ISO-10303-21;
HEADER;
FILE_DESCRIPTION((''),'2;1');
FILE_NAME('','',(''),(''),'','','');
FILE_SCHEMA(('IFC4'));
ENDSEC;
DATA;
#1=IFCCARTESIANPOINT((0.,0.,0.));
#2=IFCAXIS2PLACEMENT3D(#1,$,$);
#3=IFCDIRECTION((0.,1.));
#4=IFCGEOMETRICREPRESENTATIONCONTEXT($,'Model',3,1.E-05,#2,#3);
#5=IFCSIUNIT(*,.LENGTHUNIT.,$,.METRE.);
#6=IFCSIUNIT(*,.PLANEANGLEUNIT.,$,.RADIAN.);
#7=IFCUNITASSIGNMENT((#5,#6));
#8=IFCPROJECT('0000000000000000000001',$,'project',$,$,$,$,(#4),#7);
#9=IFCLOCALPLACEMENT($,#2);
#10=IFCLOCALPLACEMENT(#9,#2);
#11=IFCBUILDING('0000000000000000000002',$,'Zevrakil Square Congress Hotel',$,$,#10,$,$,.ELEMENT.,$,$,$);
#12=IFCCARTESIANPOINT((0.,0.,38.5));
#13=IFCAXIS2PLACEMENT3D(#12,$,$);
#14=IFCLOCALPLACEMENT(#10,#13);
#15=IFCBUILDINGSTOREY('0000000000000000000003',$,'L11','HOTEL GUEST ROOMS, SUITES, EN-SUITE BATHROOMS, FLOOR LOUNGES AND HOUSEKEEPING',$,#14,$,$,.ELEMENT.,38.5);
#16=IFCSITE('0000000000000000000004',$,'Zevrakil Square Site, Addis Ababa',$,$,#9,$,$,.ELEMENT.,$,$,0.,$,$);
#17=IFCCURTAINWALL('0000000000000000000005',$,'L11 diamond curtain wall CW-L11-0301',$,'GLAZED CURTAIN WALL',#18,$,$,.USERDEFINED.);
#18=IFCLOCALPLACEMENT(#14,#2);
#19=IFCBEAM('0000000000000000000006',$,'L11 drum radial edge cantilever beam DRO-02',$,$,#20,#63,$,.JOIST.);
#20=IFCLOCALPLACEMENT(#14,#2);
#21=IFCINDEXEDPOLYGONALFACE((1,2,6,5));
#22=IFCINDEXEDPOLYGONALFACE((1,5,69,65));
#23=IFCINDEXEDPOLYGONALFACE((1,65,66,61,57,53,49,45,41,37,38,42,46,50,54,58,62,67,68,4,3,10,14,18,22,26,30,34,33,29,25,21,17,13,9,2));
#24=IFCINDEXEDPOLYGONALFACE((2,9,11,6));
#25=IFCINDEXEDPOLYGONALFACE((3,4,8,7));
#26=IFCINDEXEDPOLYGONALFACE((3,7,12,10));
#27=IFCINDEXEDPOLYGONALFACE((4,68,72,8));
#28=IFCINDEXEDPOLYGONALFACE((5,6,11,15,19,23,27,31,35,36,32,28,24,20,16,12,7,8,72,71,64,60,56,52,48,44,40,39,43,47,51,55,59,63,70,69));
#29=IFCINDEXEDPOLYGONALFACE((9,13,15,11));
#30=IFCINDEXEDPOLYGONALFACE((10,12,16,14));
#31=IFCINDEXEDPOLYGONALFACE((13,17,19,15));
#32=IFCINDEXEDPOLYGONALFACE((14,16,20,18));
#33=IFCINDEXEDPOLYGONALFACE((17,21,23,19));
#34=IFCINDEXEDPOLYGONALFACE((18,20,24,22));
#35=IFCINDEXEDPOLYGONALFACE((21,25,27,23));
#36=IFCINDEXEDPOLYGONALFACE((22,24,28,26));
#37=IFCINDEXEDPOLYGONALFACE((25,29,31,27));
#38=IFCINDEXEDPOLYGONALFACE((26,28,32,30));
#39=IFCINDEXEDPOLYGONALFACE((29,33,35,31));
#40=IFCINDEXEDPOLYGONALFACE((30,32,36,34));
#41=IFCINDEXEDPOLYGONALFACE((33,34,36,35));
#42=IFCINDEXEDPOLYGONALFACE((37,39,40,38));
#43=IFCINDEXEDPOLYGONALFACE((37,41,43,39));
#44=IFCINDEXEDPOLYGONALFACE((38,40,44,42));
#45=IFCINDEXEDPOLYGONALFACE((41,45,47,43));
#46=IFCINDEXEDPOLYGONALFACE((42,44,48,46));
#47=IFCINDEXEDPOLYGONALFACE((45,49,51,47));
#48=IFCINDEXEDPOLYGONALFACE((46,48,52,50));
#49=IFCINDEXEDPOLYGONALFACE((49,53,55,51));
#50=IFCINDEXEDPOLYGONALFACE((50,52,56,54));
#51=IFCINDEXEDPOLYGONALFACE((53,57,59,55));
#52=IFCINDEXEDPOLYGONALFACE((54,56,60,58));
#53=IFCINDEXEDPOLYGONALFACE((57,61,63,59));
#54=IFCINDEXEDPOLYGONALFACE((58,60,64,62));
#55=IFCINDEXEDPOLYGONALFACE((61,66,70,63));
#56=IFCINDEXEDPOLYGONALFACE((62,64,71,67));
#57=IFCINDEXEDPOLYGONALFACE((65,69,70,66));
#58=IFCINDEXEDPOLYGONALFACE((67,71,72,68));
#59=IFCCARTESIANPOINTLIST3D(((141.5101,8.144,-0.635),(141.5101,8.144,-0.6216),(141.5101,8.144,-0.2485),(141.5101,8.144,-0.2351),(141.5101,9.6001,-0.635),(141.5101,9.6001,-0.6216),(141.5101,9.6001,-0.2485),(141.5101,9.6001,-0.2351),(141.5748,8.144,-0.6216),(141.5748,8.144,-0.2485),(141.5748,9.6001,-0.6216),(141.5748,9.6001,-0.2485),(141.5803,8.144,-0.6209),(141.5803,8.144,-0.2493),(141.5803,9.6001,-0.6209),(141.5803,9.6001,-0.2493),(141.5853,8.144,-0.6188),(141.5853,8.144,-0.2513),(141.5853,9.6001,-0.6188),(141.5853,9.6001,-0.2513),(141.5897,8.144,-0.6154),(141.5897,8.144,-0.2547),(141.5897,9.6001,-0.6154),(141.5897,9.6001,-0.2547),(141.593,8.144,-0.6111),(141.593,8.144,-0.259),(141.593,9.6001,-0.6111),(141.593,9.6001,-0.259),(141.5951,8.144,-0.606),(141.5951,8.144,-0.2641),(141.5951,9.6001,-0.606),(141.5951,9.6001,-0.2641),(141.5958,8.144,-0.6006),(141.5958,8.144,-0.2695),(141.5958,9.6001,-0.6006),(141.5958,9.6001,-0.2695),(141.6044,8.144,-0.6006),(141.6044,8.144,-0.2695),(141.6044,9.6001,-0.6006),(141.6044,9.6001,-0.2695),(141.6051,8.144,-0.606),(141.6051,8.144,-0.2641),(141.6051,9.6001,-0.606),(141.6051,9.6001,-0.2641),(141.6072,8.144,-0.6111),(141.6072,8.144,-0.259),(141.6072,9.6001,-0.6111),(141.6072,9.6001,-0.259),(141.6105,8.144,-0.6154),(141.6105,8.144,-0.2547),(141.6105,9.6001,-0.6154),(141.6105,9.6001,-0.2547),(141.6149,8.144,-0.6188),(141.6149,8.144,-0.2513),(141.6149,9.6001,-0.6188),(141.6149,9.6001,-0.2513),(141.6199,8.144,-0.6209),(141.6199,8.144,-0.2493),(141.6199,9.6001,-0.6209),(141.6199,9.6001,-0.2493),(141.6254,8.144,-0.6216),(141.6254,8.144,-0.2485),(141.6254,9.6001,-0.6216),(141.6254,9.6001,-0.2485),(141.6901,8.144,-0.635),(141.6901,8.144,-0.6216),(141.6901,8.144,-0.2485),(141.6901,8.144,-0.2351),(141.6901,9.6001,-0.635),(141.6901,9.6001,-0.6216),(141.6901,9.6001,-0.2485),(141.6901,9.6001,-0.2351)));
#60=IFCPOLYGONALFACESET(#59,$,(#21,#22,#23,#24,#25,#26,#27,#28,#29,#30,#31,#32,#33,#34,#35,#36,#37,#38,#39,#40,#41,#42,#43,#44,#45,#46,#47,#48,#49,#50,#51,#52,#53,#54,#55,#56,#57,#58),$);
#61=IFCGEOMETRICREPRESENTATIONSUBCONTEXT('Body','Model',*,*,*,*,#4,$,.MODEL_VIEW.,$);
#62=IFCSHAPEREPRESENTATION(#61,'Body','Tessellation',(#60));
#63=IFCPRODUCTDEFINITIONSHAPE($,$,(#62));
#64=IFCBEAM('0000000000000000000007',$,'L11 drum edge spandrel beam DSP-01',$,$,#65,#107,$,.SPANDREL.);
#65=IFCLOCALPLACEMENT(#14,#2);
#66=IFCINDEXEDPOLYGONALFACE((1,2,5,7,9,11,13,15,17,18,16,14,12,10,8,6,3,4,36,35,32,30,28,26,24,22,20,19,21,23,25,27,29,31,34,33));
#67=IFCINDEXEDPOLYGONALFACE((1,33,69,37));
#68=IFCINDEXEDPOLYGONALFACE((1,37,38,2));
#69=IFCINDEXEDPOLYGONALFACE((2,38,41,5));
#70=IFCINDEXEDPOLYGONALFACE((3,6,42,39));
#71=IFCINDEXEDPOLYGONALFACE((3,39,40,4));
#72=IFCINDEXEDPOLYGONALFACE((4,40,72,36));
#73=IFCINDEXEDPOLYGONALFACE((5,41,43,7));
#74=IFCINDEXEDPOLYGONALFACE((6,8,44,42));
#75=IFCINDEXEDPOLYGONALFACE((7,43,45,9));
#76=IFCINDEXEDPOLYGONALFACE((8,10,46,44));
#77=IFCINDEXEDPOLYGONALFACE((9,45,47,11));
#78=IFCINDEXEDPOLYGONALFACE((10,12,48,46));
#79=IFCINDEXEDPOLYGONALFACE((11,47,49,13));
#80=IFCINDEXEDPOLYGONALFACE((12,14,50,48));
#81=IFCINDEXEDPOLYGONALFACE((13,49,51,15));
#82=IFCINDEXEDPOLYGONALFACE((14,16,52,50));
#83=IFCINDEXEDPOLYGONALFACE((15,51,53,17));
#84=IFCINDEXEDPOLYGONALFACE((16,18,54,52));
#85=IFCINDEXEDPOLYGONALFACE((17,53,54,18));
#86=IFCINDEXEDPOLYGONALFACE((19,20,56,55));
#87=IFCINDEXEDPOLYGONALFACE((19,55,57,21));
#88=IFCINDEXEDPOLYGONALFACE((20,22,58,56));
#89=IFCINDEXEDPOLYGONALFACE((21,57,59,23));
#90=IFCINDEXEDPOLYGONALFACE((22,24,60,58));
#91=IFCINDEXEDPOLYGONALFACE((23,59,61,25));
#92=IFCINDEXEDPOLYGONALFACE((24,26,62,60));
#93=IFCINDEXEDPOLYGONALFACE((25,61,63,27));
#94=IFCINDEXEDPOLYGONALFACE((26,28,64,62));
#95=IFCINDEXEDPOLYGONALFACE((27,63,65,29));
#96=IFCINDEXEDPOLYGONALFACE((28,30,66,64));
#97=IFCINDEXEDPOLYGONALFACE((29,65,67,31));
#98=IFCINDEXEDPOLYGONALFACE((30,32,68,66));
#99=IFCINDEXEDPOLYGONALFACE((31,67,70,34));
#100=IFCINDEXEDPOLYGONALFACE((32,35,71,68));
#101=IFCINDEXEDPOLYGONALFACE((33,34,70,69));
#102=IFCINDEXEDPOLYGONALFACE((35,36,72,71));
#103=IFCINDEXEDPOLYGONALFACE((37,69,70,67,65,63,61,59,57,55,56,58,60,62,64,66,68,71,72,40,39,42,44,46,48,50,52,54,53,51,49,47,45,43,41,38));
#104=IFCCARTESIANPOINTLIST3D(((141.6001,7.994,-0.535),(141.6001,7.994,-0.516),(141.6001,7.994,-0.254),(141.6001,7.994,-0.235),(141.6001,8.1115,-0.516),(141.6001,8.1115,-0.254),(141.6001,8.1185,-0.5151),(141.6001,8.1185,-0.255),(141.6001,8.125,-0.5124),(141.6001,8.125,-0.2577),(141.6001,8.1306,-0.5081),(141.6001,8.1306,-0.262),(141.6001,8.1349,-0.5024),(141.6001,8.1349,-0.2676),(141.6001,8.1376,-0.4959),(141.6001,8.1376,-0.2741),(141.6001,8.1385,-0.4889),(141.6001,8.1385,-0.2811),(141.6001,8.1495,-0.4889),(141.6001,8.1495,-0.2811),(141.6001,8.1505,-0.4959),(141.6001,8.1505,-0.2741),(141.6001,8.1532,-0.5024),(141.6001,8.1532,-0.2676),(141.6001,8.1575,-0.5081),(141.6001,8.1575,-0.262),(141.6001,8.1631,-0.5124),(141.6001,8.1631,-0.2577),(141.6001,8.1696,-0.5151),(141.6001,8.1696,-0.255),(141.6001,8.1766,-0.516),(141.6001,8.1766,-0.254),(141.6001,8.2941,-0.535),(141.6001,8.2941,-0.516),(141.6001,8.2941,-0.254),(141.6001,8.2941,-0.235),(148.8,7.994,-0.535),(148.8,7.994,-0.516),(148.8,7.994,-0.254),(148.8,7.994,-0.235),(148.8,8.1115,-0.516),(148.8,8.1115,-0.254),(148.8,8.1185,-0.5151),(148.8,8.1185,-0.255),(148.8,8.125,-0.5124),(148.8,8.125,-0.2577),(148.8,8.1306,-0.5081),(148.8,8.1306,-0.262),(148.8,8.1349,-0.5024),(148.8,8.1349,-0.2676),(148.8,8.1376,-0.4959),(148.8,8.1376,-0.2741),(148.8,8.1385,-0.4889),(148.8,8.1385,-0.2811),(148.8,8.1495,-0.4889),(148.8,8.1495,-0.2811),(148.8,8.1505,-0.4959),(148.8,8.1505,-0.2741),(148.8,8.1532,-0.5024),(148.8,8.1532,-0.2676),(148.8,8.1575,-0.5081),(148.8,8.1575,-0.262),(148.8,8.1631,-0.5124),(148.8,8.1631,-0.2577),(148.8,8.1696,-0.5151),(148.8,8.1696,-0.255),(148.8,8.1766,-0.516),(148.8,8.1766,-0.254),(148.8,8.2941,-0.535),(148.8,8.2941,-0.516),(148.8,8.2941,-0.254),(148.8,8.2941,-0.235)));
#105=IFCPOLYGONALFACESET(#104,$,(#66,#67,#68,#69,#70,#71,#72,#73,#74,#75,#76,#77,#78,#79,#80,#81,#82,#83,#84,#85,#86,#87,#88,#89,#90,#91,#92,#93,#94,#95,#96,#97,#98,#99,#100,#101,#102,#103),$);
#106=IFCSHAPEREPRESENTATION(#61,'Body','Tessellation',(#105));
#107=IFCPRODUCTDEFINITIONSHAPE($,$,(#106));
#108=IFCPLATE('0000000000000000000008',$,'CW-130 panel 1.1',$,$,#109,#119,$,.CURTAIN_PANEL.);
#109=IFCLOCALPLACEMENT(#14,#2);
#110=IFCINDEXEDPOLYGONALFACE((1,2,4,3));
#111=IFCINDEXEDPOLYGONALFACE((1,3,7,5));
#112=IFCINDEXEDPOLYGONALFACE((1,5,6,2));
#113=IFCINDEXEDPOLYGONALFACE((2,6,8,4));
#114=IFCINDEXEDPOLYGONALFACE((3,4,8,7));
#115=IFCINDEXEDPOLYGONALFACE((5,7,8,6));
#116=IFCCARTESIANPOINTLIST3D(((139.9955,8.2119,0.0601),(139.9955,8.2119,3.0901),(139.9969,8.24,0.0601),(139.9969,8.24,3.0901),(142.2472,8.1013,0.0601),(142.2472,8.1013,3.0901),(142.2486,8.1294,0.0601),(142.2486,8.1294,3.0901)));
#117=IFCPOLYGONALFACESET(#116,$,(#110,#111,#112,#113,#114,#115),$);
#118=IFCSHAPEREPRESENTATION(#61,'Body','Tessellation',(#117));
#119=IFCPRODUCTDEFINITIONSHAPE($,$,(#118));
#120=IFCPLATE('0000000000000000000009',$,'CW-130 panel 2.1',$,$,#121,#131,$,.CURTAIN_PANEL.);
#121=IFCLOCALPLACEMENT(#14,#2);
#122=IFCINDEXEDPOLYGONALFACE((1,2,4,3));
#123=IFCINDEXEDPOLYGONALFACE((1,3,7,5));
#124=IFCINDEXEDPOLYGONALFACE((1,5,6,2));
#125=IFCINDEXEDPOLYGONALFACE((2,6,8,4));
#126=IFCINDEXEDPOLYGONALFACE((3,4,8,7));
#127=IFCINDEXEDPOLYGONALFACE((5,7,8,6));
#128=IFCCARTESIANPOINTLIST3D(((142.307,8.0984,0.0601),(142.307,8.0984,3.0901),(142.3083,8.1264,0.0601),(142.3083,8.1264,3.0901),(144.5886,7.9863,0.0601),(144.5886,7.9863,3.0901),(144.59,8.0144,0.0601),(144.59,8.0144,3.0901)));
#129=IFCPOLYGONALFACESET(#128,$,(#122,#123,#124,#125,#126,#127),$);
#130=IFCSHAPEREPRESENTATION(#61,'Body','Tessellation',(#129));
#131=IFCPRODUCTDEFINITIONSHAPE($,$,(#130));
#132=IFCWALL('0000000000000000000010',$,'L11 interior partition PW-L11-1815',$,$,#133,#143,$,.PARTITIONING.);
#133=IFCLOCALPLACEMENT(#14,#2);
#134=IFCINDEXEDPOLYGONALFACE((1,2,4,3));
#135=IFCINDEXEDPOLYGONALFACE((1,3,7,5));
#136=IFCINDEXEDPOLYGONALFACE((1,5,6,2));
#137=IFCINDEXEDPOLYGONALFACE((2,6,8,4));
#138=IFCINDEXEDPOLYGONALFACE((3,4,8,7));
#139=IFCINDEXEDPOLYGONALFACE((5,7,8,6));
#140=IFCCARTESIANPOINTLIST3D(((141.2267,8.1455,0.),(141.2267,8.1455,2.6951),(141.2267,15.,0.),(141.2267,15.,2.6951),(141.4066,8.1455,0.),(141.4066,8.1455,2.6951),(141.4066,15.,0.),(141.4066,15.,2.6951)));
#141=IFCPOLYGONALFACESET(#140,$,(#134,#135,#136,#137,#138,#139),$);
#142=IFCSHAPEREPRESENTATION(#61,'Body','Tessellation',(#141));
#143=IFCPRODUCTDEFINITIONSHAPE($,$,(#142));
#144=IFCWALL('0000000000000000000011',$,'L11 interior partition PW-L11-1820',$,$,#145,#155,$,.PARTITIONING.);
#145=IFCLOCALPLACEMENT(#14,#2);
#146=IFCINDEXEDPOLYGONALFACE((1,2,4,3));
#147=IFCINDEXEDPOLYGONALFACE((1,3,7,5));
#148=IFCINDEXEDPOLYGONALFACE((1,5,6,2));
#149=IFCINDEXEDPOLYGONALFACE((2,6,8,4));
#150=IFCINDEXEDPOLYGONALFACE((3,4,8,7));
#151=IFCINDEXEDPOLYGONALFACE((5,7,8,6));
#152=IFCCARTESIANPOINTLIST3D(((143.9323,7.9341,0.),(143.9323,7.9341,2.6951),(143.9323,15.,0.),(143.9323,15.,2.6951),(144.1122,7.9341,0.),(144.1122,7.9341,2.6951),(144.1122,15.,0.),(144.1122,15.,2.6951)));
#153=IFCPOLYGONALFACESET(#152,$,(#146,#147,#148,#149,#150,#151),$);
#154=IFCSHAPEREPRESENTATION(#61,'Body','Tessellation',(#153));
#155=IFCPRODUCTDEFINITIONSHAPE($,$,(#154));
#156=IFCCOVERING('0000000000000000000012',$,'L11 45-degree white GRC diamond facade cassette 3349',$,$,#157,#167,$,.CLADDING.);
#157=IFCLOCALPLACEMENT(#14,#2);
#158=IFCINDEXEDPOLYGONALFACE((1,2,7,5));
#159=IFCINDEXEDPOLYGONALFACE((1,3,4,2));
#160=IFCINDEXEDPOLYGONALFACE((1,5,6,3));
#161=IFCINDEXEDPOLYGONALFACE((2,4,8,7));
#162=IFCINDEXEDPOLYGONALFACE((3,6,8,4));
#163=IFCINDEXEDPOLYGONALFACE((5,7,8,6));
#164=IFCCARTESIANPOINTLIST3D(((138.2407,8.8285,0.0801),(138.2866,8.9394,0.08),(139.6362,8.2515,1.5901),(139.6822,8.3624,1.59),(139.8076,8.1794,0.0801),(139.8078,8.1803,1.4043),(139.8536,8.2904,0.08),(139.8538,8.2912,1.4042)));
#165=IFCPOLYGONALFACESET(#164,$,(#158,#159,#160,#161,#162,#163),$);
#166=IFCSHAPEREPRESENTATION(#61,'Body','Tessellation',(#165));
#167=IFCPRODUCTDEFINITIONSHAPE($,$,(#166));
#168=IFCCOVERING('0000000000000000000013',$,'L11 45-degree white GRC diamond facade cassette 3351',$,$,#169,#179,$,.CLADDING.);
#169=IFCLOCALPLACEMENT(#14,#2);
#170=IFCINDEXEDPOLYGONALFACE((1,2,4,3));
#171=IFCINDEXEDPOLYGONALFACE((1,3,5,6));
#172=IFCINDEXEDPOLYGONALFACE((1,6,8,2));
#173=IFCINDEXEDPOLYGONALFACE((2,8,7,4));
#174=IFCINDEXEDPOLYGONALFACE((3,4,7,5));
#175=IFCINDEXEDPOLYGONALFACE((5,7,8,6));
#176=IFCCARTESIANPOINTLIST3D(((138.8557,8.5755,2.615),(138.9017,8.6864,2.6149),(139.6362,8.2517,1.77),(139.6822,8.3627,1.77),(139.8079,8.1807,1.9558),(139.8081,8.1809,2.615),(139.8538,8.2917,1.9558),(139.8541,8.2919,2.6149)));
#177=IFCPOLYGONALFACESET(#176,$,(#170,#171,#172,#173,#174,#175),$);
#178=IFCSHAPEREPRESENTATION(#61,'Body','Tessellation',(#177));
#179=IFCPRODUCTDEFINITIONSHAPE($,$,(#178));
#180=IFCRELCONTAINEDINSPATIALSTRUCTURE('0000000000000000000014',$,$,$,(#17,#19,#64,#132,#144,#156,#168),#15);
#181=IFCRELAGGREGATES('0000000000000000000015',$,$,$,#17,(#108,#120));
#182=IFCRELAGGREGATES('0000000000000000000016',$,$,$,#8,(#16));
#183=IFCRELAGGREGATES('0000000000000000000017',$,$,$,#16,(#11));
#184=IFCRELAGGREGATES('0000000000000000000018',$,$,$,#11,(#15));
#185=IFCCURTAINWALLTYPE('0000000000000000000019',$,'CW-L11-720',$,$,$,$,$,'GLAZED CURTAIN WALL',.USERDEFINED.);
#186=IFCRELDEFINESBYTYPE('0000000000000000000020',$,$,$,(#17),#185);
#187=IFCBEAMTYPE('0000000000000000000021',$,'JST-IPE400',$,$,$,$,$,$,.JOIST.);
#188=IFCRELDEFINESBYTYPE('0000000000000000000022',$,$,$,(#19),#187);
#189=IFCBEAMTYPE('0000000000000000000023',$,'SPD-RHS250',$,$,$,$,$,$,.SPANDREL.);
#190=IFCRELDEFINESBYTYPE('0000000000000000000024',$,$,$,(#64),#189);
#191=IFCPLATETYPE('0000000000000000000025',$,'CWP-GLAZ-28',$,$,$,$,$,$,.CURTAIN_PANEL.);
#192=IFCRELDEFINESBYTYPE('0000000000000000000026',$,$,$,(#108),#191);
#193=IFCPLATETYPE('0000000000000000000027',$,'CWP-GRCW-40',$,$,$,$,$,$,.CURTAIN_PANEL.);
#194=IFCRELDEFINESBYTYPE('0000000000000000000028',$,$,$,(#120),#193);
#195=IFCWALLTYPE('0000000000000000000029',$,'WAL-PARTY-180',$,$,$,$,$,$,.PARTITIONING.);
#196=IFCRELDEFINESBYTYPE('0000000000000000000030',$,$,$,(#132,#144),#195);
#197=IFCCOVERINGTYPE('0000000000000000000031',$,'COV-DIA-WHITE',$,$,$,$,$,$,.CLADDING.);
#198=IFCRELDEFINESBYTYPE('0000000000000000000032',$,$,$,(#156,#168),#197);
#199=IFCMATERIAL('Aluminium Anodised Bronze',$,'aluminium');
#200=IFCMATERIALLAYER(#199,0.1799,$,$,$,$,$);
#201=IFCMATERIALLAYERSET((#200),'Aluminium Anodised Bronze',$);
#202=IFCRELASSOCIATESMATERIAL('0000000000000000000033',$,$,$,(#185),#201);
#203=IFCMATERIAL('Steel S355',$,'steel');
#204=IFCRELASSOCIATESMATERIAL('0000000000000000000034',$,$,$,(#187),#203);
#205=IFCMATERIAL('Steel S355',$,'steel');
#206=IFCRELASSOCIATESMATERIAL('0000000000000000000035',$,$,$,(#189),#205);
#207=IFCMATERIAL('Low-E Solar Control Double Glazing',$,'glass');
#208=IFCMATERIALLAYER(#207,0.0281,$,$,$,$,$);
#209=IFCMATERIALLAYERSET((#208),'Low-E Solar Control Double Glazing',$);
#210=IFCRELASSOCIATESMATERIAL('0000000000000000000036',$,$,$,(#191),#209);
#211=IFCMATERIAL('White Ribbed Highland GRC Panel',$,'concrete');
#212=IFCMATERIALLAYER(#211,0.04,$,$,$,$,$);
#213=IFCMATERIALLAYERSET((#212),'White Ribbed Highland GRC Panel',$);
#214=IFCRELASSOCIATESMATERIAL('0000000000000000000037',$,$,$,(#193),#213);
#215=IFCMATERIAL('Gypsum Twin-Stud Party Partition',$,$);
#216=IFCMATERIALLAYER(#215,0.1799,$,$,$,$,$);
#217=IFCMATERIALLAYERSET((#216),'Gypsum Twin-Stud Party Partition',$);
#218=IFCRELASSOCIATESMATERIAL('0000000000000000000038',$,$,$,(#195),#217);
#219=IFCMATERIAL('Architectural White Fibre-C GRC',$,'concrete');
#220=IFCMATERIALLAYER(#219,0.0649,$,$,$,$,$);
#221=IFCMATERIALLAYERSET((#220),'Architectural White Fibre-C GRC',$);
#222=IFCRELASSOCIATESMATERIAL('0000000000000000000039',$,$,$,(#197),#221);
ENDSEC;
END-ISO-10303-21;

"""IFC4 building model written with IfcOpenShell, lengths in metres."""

from ifc_helpers import new_model, si_unit, direction, frame, frame_2d, origin, origin_2d, place, context, subcontext, project, spatial, polyline, rectangle, i_section, outline, extrude, material, layer, layer_set, material_profile, profile_set, type_object, element, aggregate, save


model = new_model("IFC4")

# Units and contexts
model_context = context("Model", 3, precision=1e-05, world=origin(), true_north=direction((0.0, 1.0)))
body_context = subcontext(model_context, "Body", "Model", "MODEL_VIEW")
ifc_project = project(units=[si_unit("LENGTHUNIT", "METRE"), si_unit("PLANEANGLEUNIT", "RADIAN")], contexts=[model_context])

# Site, building, storey
site_placement = place(None, origin())
site = spatial("IfcSite", under=ifc_project, at=site_placement, Name="Zevrakil Square Site, Addis Ababa", CompositionType="ELEMENT", RefElevation=0.0)
building_placement = place(site_placement, origin())
building = spatial("IfcBuilding", under=site, at=building_placement, Name="Zevrakil Square Congress Hotel", CompositionType="ELEMENT")
storey_placement = place(building_placement, frame((0.0, 0.0, 38.5)))
storey = spatial("IfcBuildingStorey", under=building, at=storey_placement, Name="L11", Description="HOTEL GUEST ROOMS, SUITES, EN-SUITE BATHROOMS, FLOOR LOUNGES AND HOUSEKEEPING", CompositionType="ELEMENT", Elevation=38.5)

# Curtain wall
ifc_material_1 = material(Name="Aluminium Anodised Bronze", Category="aluminium")
ifc_layer_1 = layer(ifc_material_1, 0.1799)
ifc_layer_set_1 = layer_set([ifc_layer_1], Name="Aluminium Anodised Bronze")
curtain_wall_type = type_object("IfcCurtainWallType", Name="CW-L11-720", ElementType="GLAZED CURTAIN WALL", PredefinedType="USERDEFINED", material=ifc_layer_set_1)
curtain_wall_1_placement = place(storey_placement, origin())
curtain_wall_1 = element("IfcCurtainWall", 1, at=curtain_wall_1_placement, inside=storey, type_object=curtain_wall_type, Name="L11 diamond curtain wall CW-L11-0301", ObjectType="GLAZED CURTAIN WALL", PredefinedType="USERDEFINED")

# Beams
ifc_material_2 = material(Name="Steel S355", Category="steel")
ifc_material_profile_1 = material_profile(ifc_material_2, i_section(OverallWidth=0.1799, OverallDepth=0.3999, WebThickness=0.0085, FlangeThickness=0.0134, FilletRadius=0.021, at=origin_2d()), Name="IPE 400")
ifc_profile_set_1 = profile_set([ifc_material_profile_1], Name="Steel S355")
beam_type_1 = type_object("IfcBeamType", Name="JST-IPE400", PredefinedType="JOIST", material=ifc_profile_set_1)
beam_1_placement = place(storey_placement, frame((141.6001, 9.6001, -0.4351), z_axis=(0.0, -1.0, 0.0), x_axis=(1.0, 0.0, 0.0)))
element("IfcBeam", 2, at=beam_1_placement, inside=storey, type_object=beam_type_1, Name="L11 drum radial edge cantilever beam DRO-02", PredefinedType="JOIST", context=body_context, shape_type="SweptSolid", body=[
    extrude(i_section(OverallWidth=0.1799, OverallDepth=0.3999, WebThickness=0.0085, FlangeThickness=0.0134, FilletRadius=0.021, at=origin_2d()), origin(), (0.0, 0.0, 1.0), 1.4561),
])
ifc_material_3 = material(Name="Steel S355", Category="steel")
ifc_material_profile_2 = material_profile(ifc_material_3, i_section(OverallWidth=0.3, OverallDepth=0.3, WebThickness=0.011, FlangeThickness=0.019, FilletRadius=0.0271, at=origin_2d()), Name="HEB 300")
ifc_profile_set_2 = profile_set([ifc_material_profile_2], Name="Steel S355")
beam_type_2 = type_object("IfcBeamType", Name="SPD-RHS250", PredefinedType="SPANDREL", material=ifc_profile_set_2)
beam_2_placement = place(storey_placement, frame((141.6001, 8.144, -0.385), z_axis=(1.0, 0.0, 0.0), x_axis=(0.0, 1.0, 0.0)))
element("IfcBeam", 3, at=beam_2_placement, inside=storey, type_object=beam_type_2, Name="L11 drum edge spandrel beam DSP-01", PredefinedType="SPANDREL", context=body_context, shape_type="SweptSolid", body=[
    extrude(i_section(OverallWidth=0.3, OverallDepth=0.3, WebThickness=0.011, FlangeThickness=0.019, FilletRadius=0.0271, at=origin_2d()), origin(), (0.0, 0.0, 1.0), 7.2),
])

# Plates
ifc_material_4 = material(Name="Low-E Solar Control Double Glazing", Category="glass")
ifc_layer_2 = layer(ifc_material_4, 0.0281)
ifc_layer_set_2 = layer_set([ifc_layer_2], Name="Low-E Solar Control Double Glazing")
plate_type_1 = type_object("IfcPlateType", Name="CWP-GLAZ-28", PredefinedType="CURTAIN_PANEL", material=ifc_layer_set_2)
plate_1_placement = place(storey_placement, frame((141.1221, 8.1707, 0.0601), z_axis=(0.0, 0.0, 1.0), x_axis=(0.998796, -0.049053, 0.0)))
plate_1 = element("IfcPlate", 4, at=plate_1_placement, type_object=plate_type_1, Name="CW-130 panel 1.1", PredefinedType="CURTAIN_PANEL", context=body_context, shape_type="SweptSolid", body=[
    extrude(rectangle(XDim=2.2544, YDim=0.0281, at=origin_2d()), origin(), (0.0, 0.0, 1.0), 3.03),
])
ifc_material_5 = material(Name="White Ribbed Highland GRC Panel", Category="concrete")
ifc_layer_3 = layer(ifc_material_5, 0.04)
ifc_layer_set_3 = layer_set([ifc_layer_3], Name="White Ribbed Highland GRC Panel")
plate_type_2 = type_object("IfcPlateType", Name="CWP-GRCW-40", PredefinedType="CURTAIN_PANEL", material=ifc_layer_set_3)
plate_2_placement = place(storey_placement, frame((143.4485, 8.0564, 0.0601), z_axis=(0.0, 0.0, 1.0), x_axis=(0.998796, -0.049053, 0.0)))
plate_2 = element("IfcPlate", 5, at=plate_2_placement, type_object=plate_type_2, Name="CW-130 panel 2.1", PredefinedType="CURTAIN_PANEL", context=body_context, shape_type="SweptSolid", body=[
    extrude(rectangle(XDim=2.2844, YDim=0.0281, at=origin_2d()), origin(), (0.0, 0.0, 1.0), 3.03),
])
aggregate(curtain_wall_1, [plate_1, plate_2])

# Walls
ifc_material_6 = material(Name="Gypsum Twin-Stud Party Partition")
ifc_layer_4 = layer(ifc_material_6, 0.1799)
ifc_layer_set_4 = layer_set([ifc_layer_4], Name="Gypsum Twin-Stud Party Partition")
wall_type = type_object("IfcWallType", Name="WAL-PARTY-180", PredefinedType="PARTITIONING", material=ifc_layer_set_4)
wall_1_placement = place(storey_placement, frame((141.3167, 8.1455, 0.0), z_axis=(0.0, 0.0, 1.0), x_axis=(0.0, 1.0, 0.0)))
element("IfcWall", 6, at=wall_1_placement, inside=storey, type_object=wall_type, Name="L11 interior partition PW-L11-1815", PredefinedType="PARTITIONING", context=body_context, shape_type="SweptSolid", body=[
    extrude(rectangle(XDim=6.8545, YDim=0.1799, at=frame_2d((3.4272, 0.0))), origin(), (0.0, 0.0, 1.0), 2.6951),
])
wall_2_placement = place(storey_placement, frame((144.0222, 7.9341, 0.0), z_axis=(0.0, 0.0, 1.0), x_axis=(0.0, 1.0, 0.0)))
element("IfcWall", 7, at=wall_2_placement, inside=storey, type_object=wall_type, Name="L11 interior partition PW-L11-1820", PredefinedType="PARTITIONING", context=body_context, shape_type="SweptSolid", body=[
    extrude(rectangle(XDim=7.0659, YDim=0.1799, at=frame_2d((3.533, 0.0))), origin(), (0.0, 0.0, 1.0), 2.6951),
])

# Coverings
ifc_material_7 = material(Name="Architectural White Fibre-C GRC", Category="concrete")
ifc_layer_5 = layer(ifc_material_7, 0.0649)
ifc_layer_set_5 = layer_set([ifc_layer_5], Name="Architectural White Fibre-C GRC")
covering_type_1 = type_object("IfcCoveringType", Name="COV-DIA-WHITE", PredefinedType="CLADDING", material=ifc_layer_set_5)
covering_1_placement = place(storey_placement, frame((139.6362, 8.2515, 1.5901), z_axis=(-0.382668, -0.923886, 0.000633), x_axis=(0.65305, -0.270974, -0.707177)))
element("IfcCovering", 8, at=covering_1_placement, inside=storey, type_object=covering_type_1, Name="L11 45-degree white GRC diamond facade cassette 3349", PredefinedType="CLADDING", context=body_context, shape_type="SweptSolid", body=[
    extrude(outline(polyline([(0.0, 0.0), (0.2627, 0.0), (1.1993, -0.9362), (0.0001, -2.1356), (0.0, 0.0)])), origin(), (0.0, 0.0, -1.0), 0.1201),
])
covering_2_placement = place(storey_placement, frame((139.6362, 8.2517, 1.77), z_axis=(-0.382739, -0.923856, 0.000442), x_axis=(-0.653153, 0.270929, 0.707098)))
element("IfcCovering", 9, at=covering_2_placement, inside=storey, type_object=covering_type_1, Name="L11 45-degree white GRC diamond facade cassette 3351", PredefinedType="CLADDING", context=body_context, shape_type="SweptSolid", body=[
    extrude(outline(polyline([(0.0, 0.0), (1.195, 0.0), (0.466, -0.7289), (0.0, -0.2627), (0.0, 0.0)])), origin(), (0.0, 0.0, -1.0), 0.1201),
])

save(model, "model.ifc")
